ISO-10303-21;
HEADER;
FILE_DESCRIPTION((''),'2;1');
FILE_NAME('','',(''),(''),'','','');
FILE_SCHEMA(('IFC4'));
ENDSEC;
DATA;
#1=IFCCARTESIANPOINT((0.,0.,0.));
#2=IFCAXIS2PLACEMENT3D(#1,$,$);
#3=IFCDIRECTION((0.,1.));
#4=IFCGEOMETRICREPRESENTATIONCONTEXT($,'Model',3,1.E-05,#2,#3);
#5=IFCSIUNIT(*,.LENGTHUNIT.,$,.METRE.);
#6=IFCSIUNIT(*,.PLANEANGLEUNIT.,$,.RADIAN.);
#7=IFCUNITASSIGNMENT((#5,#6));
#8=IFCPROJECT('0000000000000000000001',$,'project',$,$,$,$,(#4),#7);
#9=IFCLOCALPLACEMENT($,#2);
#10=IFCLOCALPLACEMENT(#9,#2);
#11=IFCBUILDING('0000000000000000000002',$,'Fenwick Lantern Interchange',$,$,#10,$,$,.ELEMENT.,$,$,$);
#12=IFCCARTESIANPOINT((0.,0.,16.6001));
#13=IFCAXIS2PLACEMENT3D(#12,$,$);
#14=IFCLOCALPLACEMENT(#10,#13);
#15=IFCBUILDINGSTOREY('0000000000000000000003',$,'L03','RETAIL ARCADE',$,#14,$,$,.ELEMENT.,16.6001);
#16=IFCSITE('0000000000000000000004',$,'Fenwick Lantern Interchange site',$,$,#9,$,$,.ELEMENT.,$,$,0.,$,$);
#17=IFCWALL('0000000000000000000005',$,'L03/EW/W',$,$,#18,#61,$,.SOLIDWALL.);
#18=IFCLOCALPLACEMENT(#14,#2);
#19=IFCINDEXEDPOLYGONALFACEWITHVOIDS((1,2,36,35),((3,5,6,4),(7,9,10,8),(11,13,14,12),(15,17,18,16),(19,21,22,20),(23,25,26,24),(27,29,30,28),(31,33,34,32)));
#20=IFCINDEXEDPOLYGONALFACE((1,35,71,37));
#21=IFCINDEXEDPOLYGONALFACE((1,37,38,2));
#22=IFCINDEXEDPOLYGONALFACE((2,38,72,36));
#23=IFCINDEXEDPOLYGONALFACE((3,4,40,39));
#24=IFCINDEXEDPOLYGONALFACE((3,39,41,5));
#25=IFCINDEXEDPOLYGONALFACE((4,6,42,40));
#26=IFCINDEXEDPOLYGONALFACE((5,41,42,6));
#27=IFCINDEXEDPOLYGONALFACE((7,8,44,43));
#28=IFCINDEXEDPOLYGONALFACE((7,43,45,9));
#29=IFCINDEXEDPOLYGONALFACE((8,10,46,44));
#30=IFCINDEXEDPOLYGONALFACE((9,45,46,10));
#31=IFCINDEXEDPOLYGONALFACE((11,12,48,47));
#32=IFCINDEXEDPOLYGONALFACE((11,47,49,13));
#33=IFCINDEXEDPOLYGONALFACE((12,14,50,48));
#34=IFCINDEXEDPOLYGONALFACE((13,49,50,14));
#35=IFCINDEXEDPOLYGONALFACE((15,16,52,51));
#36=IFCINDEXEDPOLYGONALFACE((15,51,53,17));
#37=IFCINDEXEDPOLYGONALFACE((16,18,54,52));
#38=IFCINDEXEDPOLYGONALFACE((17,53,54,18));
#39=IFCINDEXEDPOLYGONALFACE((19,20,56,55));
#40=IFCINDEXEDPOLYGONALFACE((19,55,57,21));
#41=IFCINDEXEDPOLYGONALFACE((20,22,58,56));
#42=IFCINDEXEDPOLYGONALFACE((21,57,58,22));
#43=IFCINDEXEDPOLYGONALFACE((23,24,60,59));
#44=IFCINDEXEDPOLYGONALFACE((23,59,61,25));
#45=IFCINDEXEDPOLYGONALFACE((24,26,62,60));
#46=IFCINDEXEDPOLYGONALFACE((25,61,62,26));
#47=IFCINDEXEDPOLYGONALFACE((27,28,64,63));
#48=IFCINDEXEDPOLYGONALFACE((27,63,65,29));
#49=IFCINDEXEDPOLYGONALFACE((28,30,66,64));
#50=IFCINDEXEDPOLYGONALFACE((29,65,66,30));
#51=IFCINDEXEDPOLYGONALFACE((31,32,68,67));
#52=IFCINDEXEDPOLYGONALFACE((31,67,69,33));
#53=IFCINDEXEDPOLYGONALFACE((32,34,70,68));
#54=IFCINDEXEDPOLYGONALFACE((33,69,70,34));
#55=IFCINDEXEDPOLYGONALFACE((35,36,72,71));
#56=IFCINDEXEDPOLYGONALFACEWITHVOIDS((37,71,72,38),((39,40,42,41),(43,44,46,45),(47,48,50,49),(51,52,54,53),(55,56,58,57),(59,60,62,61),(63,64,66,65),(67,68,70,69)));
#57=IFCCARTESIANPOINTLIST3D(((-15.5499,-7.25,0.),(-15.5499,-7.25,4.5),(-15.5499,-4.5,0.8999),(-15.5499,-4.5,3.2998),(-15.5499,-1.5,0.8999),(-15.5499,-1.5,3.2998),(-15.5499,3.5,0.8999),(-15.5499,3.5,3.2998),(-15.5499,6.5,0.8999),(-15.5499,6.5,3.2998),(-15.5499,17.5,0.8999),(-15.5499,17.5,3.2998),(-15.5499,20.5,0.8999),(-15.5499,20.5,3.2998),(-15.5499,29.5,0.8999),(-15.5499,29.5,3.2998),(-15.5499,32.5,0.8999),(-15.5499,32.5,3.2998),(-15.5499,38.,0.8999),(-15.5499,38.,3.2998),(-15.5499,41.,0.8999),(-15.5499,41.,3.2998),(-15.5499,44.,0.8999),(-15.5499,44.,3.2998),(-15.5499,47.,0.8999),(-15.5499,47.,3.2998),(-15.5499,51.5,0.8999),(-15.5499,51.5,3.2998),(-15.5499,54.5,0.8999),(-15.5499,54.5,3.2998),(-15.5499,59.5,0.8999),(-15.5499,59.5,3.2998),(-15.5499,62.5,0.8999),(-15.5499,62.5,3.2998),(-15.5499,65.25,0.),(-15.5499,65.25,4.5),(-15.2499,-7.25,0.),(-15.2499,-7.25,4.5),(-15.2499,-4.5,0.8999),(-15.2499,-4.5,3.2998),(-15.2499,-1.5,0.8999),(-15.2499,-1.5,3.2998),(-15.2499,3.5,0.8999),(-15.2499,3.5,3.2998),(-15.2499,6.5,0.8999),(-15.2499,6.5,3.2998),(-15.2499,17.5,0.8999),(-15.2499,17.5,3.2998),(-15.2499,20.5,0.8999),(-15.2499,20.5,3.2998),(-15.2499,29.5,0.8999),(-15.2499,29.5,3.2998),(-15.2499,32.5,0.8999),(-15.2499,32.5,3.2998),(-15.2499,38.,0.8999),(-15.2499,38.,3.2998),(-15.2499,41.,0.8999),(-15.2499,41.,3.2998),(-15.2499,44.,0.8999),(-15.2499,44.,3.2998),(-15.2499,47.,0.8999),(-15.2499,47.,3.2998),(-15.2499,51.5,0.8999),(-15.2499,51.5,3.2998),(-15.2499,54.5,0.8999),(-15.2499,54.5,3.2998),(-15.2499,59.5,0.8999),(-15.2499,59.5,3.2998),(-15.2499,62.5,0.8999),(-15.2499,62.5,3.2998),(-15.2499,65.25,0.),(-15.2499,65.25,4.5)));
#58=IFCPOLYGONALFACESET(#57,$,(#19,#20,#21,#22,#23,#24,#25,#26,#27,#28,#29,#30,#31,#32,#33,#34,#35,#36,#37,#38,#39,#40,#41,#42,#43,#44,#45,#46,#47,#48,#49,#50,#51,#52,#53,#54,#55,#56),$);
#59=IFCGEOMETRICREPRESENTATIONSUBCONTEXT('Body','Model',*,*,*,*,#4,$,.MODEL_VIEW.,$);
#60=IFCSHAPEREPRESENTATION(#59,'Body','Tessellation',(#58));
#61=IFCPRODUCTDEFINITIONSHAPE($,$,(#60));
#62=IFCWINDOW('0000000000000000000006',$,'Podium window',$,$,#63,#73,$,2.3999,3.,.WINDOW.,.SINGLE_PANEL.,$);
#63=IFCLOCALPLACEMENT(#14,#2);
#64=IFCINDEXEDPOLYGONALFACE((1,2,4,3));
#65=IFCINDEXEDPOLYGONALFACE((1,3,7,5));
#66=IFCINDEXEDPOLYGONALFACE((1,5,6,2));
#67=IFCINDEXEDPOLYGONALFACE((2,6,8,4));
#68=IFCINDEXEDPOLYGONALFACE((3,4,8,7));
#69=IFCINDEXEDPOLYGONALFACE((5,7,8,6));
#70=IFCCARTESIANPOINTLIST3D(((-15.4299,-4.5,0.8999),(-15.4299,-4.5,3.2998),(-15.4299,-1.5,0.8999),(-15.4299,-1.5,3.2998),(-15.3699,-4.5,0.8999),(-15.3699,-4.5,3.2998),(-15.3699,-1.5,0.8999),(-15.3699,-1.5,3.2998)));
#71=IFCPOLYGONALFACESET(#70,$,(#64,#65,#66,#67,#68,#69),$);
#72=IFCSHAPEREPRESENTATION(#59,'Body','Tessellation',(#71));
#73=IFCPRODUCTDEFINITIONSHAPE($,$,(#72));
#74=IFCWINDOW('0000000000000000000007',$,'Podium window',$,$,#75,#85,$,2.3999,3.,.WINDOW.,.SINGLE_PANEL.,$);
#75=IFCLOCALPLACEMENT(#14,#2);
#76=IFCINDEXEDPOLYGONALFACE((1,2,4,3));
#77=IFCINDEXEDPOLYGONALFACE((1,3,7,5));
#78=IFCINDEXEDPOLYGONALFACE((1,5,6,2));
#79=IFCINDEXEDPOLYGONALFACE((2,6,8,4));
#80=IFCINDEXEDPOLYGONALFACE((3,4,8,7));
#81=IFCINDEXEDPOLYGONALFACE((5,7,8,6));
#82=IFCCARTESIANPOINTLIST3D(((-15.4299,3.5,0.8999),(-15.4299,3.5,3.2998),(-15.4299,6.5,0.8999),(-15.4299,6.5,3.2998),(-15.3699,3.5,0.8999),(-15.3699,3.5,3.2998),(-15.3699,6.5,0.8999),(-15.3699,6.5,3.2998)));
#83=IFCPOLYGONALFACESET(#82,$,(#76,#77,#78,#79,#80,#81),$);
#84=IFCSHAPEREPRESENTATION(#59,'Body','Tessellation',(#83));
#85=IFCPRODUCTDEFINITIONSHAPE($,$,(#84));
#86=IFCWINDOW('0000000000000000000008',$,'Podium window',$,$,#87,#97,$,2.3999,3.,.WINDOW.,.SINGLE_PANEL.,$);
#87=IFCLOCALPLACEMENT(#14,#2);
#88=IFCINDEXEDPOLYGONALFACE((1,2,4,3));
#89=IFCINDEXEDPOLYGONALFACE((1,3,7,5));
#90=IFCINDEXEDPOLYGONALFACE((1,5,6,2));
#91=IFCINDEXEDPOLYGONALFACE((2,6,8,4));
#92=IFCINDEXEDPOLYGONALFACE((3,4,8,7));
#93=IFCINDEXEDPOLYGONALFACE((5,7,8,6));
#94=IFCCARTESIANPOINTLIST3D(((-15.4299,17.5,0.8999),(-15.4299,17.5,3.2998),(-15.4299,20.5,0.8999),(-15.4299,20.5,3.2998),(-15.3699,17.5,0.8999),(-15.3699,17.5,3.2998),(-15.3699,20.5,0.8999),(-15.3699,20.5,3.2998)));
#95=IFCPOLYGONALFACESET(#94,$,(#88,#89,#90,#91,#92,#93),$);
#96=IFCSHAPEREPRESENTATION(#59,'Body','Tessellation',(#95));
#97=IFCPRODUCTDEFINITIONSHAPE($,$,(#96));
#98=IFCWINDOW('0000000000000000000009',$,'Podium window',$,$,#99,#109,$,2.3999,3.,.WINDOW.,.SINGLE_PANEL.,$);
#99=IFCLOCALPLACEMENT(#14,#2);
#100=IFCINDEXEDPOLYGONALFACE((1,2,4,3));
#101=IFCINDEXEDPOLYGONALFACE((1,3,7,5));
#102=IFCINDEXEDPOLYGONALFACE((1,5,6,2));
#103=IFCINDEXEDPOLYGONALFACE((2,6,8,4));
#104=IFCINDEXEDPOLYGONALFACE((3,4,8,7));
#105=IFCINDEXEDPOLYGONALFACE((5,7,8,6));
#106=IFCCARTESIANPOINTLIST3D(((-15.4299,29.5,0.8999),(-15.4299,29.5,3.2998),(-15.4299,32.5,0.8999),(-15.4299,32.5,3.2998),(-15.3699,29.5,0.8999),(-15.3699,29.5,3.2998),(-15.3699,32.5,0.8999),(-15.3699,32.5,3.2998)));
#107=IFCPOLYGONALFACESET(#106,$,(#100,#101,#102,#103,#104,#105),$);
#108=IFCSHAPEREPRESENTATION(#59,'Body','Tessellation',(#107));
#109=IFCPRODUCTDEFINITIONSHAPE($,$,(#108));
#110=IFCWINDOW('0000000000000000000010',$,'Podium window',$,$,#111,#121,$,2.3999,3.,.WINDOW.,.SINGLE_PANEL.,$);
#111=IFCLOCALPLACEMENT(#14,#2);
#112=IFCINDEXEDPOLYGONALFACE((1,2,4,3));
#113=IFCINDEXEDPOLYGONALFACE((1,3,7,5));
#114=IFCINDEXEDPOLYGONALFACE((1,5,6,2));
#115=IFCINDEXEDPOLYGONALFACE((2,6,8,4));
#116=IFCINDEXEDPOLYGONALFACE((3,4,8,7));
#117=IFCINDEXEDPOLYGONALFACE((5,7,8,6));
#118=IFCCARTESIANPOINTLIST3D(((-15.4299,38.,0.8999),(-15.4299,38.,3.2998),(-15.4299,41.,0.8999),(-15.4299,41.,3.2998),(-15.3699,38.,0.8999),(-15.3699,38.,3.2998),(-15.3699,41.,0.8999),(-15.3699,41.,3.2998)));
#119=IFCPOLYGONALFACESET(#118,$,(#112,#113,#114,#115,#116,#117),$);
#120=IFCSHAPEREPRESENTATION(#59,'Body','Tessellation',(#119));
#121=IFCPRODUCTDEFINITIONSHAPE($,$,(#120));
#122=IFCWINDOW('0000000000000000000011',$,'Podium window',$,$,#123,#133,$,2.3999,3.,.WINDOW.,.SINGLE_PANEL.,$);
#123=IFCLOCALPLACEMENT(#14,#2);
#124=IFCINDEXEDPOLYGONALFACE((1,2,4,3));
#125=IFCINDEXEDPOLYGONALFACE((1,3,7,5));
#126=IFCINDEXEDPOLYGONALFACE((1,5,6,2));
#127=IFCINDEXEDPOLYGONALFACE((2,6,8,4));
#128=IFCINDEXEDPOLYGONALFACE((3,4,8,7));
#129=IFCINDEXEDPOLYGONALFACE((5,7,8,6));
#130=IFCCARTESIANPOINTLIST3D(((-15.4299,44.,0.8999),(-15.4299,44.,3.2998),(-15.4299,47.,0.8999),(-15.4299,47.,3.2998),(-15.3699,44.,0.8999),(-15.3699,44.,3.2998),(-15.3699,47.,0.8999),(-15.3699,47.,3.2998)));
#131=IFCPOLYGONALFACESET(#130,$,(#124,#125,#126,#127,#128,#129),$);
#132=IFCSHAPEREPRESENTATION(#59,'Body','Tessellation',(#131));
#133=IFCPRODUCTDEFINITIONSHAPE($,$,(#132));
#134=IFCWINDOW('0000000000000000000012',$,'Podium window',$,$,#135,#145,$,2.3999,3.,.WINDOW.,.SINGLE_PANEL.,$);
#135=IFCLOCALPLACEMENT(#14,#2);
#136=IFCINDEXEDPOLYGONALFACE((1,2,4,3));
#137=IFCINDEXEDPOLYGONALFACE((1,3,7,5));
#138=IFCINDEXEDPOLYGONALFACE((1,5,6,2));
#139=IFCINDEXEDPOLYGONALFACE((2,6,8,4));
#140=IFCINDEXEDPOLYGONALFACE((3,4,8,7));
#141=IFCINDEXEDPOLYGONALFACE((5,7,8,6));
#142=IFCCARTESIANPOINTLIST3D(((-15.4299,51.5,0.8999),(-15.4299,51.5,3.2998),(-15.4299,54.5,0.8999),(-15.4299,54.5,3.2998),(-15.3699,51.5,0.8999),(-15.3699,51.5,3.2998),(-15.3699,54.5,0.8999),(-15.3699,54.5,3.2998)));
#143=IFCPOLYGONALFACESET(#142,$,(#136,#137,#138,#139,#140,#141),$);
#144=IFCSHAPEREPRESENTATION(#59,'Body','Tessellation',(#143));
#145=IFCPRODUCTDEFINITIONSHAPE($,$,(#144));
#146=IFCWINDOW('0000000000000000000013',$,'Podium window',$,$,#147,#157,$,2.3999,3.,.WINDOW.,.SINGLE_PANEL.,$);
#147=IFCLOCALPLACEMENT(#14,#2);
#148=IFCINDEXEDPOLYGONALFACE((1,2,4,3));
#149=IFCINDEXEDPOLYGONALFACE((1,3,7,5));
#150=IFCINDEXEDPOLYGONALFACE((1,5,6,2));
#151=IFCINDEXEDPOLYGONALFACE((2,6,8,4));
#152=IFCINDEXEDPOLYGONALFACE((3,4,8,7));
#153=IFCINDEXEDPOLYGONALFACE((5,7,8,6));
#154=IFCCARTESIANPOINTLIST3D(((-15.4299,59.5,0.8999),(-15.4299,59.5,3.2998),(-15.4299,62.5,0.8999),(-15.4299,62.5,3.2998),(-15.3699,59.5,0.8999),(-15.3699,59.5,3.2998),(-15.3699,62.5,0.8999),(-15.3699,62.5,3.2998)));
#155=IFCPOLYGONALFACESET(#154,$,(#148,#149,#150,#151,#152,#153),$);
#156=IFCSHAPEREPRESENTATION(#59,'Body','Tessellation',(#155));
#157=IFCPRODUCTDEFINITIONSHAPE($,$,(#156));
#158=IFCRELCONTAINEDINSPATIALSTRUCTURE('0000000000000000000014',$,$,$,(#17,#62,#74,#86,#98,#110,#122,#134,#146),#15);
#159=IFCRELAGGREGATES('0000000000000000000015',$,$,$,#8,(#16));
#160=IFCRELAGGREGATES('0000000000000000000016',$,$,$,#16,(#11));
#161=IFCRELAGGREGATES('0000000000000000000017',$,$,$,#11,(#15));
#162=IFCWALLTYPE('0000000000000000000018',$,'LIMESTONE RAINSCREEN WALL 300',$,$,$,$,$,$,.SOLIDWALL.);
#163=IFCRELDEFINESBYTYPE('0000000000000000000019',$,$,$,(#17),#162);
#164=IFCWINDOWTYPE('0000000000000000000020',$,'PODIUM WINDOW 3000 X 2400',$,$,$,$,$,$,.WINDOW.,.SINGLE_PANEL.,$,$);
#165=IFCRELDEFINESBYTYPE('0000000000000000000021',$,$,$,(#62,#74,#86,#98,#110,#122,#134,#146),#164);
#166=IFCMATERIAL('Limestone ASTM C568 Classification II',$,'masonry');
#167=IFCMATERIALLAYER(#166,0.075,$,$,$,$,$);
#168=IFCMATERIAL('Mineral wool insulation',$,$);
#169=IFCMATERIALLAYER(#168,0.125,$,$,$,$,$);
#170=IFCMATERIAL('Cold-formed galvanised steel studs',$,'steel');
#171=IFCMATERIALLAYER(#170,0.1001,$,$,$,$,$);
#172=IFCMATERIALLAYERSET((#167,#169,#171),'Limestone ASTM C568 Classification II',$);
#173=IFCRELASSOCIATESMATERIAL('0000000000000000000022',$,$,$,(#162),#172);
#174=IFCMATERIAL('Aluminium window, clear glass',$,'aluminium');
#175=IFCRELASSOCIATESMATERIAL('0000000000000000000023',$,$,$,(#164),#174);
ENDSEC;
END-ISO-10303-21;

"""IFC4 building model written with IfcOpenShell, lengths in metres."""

from ifc_helpers import new_model, si_unit, direction, frame, frame_2d, origin, place, context, subcontext, project, spatial, rectangle, extrude, material, layer, layer_set, type_object, element, fill, save


model = new_model("IFC4")

# Units and contexts
model_context = context("Model", 3, precision=1e-05, world=origin(), true_north=direction((0.0, 1.0)))
body_context = subcontext(model_context, "Body", "Model", "MODEL_VIEW")
ifc_project = project(units=[si_unit("LENGTHUNIT", "METRE"), si_unit("PLANEANGLEUNIT", "RADIAN")], contexts=[model_context])

# Site, building, storey
site_placement = place(None, origin())
site = spatial("IfcSite", under=ifc_project, at=site_placement, Name="Fenwick Lantern Interchange site", CompositionType="ELEMENT", RefElevation=0.0)
building_placement = place(site_placement, origin())
building = spatial("IfcBuilding", under=site, at=building_placement, Name="Fenwick Lantern Interchange", CompositionType="ELEMENT")
storey_placement = place(building_placement, frame((0.0, 0.0, 16.6001)))
storey = spatial("IfcBuildingStorey", under=building, at=storey_placement, Name="L03", Description="RETAIL ARCADE", CompositionType="ELEMENT", Elevation=16.6001)

# Wall, openings, windows
ifc_material_1 = material(Name="Limestone ASTM C568 Classification II", Category="masonry")
ifc_layer_1 = layer(ifc_material_1, 0.075)
ifc_material_2 = material(Name="Mineral wool insulation")
ifc_layer_2 = layer(ifc_material_2, 0.125)
ifc_material_3 = material(Name="Cold-formed galvanised steel studs", Category="steel")
ifc_layer_3 = layer(ifc_material_3, 0.1001)
ifc_layer_set_1 = layer_set([ifc_layer_1, ifc_layer_2, ifc_layer_3], Name="Limestone ASTM C568 Classification II")
wall_type_1 = type_object("IfcWallType", Name="LIMESTONE RAINSCREEN WALL 300", PredefinedType="SOLIDWALL", material=ifc_layer_set_1)
wall_1_placement = place(storey_placement, frame((-15.3999, 65.25, 0.0), z_axis=(0.0, 0.0, 1.0), x_axis=(0.0, -1.0, 0.0)))
wall_1 = element("IfcWall", 1, at=wall_1_placement, inside=storey, type_object=wall_type_1, Name="L03/EW/W", PredefinedType="SOLIDWALL", context=body_context, shape_type="SweptSolid", body=[
    extrude(rectangle(XDim=72.5, YDim=0.3, at=frame_2d((36.25, 0.0))), origin(), (0.0, 0.0, 1.0), 4.5),
])
opening_1_placement = place(wall_1_placement, frame((66.75, 0.0, 0.8999)))
opening_1 = element("IfcOpeningElement", 2, at=opening_1_placement, cuts=wall_1, PredefinedType="OPENING", context=body_context, shape_type="SweptSolid", body=[
    extrude(rectangle(XDim=3.0, YDim=2.3999, at=frame_2d((1.5, 1.2))), frame((0.0, 0.1599, 0.0), z_axis=(0.0, -1.0, 0.0), x_axis=(1.0, 0.0, 0.0)), (0.0, 0.0, 1.0), 0.3201),
])
opening_2_placement = place(wall_1_placement, frame((58.75, 0.0, 0.8999)))
opening_2 = element("IfcOpeningElement", 3, at=opening_2_placement, cuts=wall_1, PredefinedType="OPENING", context=body_context, shape_type="SweptSolid", body=[
    extrude(rectangle(XDim=3.0, YDim=2.3999, at=frame_2d((1.5, 1.2))), frame((0.0, 0.1599, 0.0), z_axis=(0.0, -1.0, 0.0), x_axis=(1.0, 0.0, 0.0)), (0.0, 0.0, 1.0), 0.3201),
])
opening_3_placement = place(wall_1_placement, frame((44.75, 0.0, 0.8999)))
opening_3 = element("IfcOpeningElement", 4, at=opening_3_placement, cuts=wall_1, PredefinedType="OPENING", context=body_context, shape_type="SweptSolid", body=[
    extrude(rectangle(XDim=3.0, YDim=2.3999, at=frame_2d((1.5, 1.2))), frame((0.0, 0.1599, 0.0), z_axis=(0.0, -1.0, 0.0), x_axis=(1.0, 0.0, 0.0)), (0.0, 0.0, 1.0), 0.3201),
])
opening_4_placement = place(wall_1_placement, frame((32.75, 0.0, 0.8999)))
opening_4 = element("IfcOpeningElement", 5, at=opening_4_placement, cuts=wall_1, PredefinedType="OPENING", context=body_context, shape_type="SweptSolid", body=[
    extrude(rectangle(XDim=3.0, YDim=2.3999, at=frame_2d((1.5, 1.2))), frame((0.0, 0.1599, 0.0), z_axis=(0.0, -1.0, 0.0), x_axis=(1.0, 0.0, 0.0)), (0.0, 0.0, 1.0), 0.3201),
])
opening_5_placement = place(wall_1_placement, frame((24.25, 0.0, 0.8999)))
opening_5 = element("IfcOpeningElement", 6, at=opening_5_placement, cuts=wall_1, PredefinedType="OPENING", context=body_context, shape_type="SweptSolid", body=[
    extrude(rectangle(XDim=3.0, YDim=2.3999, at=frame_2d((1.5, 1.2))), frame((0.0, 0.1599, 0.0), z_axis=(0.0, -1.0, 0.0), x_axis=(1.0, 0.0, 0.0)), (0.0, 0.0, 1.0), 0.3201),
])
opening_6_placement = place(wall_1_placement, frame((18.25, 0.0, 0.8999)))
opening_6 = element("IfcOpeningElement", 7, at=opening_6_placement, cuts=wall_1, PredefinedType="OPENING", context=body_context, shape_type="SweptSolid", body=[
    extrude(rectangle(XDim=3.0, YDim=2.3999, at=frame_2d((1.5, 1.2))), frame((0.0, 0.1599, 0.0), z_axis=(0.0, -1.0, 0.0), x_axis=(1.0, 0.0, 0.0)), (0.0, 0.0, 1.0), 0.3201),
])
opening_7_placement = place(wall_1_placement, frame((10.75, 0.0, 0.8999)))
opening_7 = element("IfcOpeningElement", 8, at=opening_7_placement, cuts=wall_1, PredefinedType="OPENING", context=body_context, shape_type="SweptSolid", body=[
    extrude(rectangle(XDim=3.0, YDim=2.3999, at=frame_2d((1.5, 1.2))), frame((0.0, 0.1599, 0.0), z_axis=(0.0, -1.0, 0.0), x_axis=(1.0, 0.0, 0.0)), (0.0, 0.0, 1.0), 0.3201),
])
opening_8_placement = place(wall_1_placement, frame((2.75, 0.0, 0.8999)))
opening_8 = element("IfcOpeningElement", 9, at=opening_8_placement, cuts=wall_1, PredefinedType="OPENING", context=body_context, shape_type="SweptSolid", body=[
    extrude(rectangle(XDim=3.0, YDim=2.3999, at=frame_2d((1.5, 1.2))), frame((0.0, 0.1599, 0.0), z_axis=(0.0, -1.0, 0.0), x_axis=(1.0, 0.0, 0.0)), (0.0, 0.0, 1.0), 0.3201),
])
ifc_material_4 = material(Name="Aluminium window, clear glass", Category="aluminium")
window_type = type_object("IfcWindowType", Name="PODIUM WINDOW 3000 X 2400", PartitioningType="SINGLE_PANEL", PredefinedType="WINDOW", material=ifc_material_4)
window_1_placement = place(opening_1_placement, origin())
window_1 = element("IfcWindow", 10, at=window_1_placement, inside=storey, type_object=window_type, Name="Podium window", OverallHeight=2.3999, OverallWidth=3.0, PartitioningType="SINGLE_PANEL", PredefinedType="WINDOW", context=body_context, shape_type="SweptSolid", body=[
    extrude(rectangle(XDim=3.0, YDim=2.3999, at=frame_2d((1.5, 1.2))), frame((0.0, 0.03, 0.0), z_axis=(0.0, -1.0, 0.0), x_axis=(1.0, 0.0, 0.0)), (0.0, 0.0, 1.0), 0.0601),
])
fill(opening_1, window_1)
window_2_placement = place(opening_2_placement, origin())
window_2 = element("IfcWindow", 11, at=window_2_placement, inside=storey, type_object=window_type, Name="Podium window", OverallHeight=2.3999, OverallWidth=3.0, PartitioningType="SINGLE_PANEL", PredefinedType="WINDOW", context=body_context, shape_type="SweptSolid", body=[
    extrude(rectangle(XDim=3.0, YDim=2.3999, at=frame_2d((1.5, 1.2))), frame((0.0, 0.03, 0.0), z_axis=(0.0, -1.0, 0.0), x_axis=(1.0, 0.0, 0.0)), (0.0, 0.0, 1.0), 0.0601),
])
fill(opening_2, window_2)
window_3_placement = place(opening_3_placement, origin())
window_3 = element("IfcWindow", 12, at=window_3_placement, inside=storey, type_object=window_type, Name="Podium window", OverallHeight=2.3999, OverallWidth=3.0, PartitioningType="SINGLE_PANEL", PredefinedType="WINDOW", context=body_context, shape_type="SweptSolid", body=[
    extrude(rectangle(XDim=3.0, YDim=2.3999, at=frame_2d((1.5, 1.2))), frame((0.0, 0.03, 0.0), z_axis=(0.0, -1.0, 0.0), x_axis=(1.0, 0.0, 0.0)), (0.0, 0.0, 1.0), 0.0601),
])
fill(opening_3, window_3)
window_4_placement = place(opening_4_placement, origin())
window_4 = element("IfcWindow", 13, at=window_4_placement, inside=storey, type_object=window_type, Name="Podium window", OverallHeight=2.3999, OverallWidth=3.0, PartitioningType="SINGLE_PANEL", PredefinedType="WINDOW", context=body_context, shape_type="SweptSolid", body=[
    extrude(rectangle(XDim=3.0, YDim=2.3999, at=frame_2d((1.5, 1.2))), frame((0.0, 0.03, 0.0), z_axis=(0.0, -1.0, 0.0), x_axis=(1.0, 0.0, 0.0)), (0.0, 0.0, 1.0), 0.0601),
])
fill(opening_4, window_4)
window_5_placement = place(opening_5_placement, origin())
window_5 = element("IfcWindow", 14, at=window_5_placement, inside=storey, type_object=window_type, Name="Podium window", OverallHeight=2.3999, OverallWidth=3.0, PartitioningType="SINGLE_PANEL", PredefinedType="WINDOW", context=body_context, shape_type="SweptSolid", body=[
    extrude(rectangle(XDim=3.0, YDim=2.3999, at=frame_2d((1.5, 1.2))), frame((0.0, 0.03, 0.0), z_axis=(0.0, -1.0, 0.0), x_axis=(1.0, 0.0, 0.0)), (0.0, 0.0, 1.0), 0.0601),
])
fill(opening_5, window_5)
window_6_placement = place(opening_6_placement, origin())
window_6 = element("IfcWindow", 15, at=window_6_placement, inside=storey, type_object=window_type, Name="Podium window", OverallHeight=2.3999, OverallWidth=3.0, PartitioningType="SINGLE_PANEL", PredefinedType="WINDOW", context=body_context, shape_type="SweptSolid", body=[
    extrude(rectangle(XDim=3.0, YDim=2.3999, at=frame_2d((1.5, 1.2))), frame((0.0, 0.03, 0.0), z_axis=(0.0, -1.0, 0.0), x_axis=(1.0, 0.0, 0.0)), (0.0, 0.0, 1.0), 0.0601),
])
fill(opening_6, window_6)
window_7_placement = place(opening_7_placement, origin())
window_7 = element("IfcWindow", 16, at=window_7_placement, inside=storey, type_object=window_type, Name="Podium window", OverallHeight=2.3999, OverallWidth=3.0, PartitioningType="SINGLE_PANEL", PredefinedType="WINDOW", context=body_context, shape_type="SweptSolid", body=[
    extrude(rectangle(XDim=3.0, YDim=2.3999, at=frame_2d((1.5, 1.2))), frame((0.0, 0.03, 0.0), z_axis=(0.0, -1.0, 0.0), x_axis=(1.0, 0.0, 0.0)), (0.0, 0.0, 1.0), 0.0601),
])
fill(opening_7, window_7)
window_8_placement = place(opening_8_placement, origin())
window_8 = element("IfcWindow", 17, at=window_8_placement, inside=storey, type_object=window_type, Name="Podium window", OverallHeight=2.3999, OverallWidth=3.0, PartitioningType="SINGLE_PANEL", PredefinedType="WINDOW", context=body_context, shape_type="SweptSolid", body=[
    extrude(rectangle(XDim=3.0, YDim=2.3999, at=frame_2d((1.5, 1.2))), frame((0.0, 0.03, 0.0), z_axis=(0.0, -1.0, 0.0), x_axis=(1.0, 0.0, 0.0)), (0.0, 0.0, 1.0), 0.0601),
])
fill(opening_8, window_8)

save(model, "model.ifc")
